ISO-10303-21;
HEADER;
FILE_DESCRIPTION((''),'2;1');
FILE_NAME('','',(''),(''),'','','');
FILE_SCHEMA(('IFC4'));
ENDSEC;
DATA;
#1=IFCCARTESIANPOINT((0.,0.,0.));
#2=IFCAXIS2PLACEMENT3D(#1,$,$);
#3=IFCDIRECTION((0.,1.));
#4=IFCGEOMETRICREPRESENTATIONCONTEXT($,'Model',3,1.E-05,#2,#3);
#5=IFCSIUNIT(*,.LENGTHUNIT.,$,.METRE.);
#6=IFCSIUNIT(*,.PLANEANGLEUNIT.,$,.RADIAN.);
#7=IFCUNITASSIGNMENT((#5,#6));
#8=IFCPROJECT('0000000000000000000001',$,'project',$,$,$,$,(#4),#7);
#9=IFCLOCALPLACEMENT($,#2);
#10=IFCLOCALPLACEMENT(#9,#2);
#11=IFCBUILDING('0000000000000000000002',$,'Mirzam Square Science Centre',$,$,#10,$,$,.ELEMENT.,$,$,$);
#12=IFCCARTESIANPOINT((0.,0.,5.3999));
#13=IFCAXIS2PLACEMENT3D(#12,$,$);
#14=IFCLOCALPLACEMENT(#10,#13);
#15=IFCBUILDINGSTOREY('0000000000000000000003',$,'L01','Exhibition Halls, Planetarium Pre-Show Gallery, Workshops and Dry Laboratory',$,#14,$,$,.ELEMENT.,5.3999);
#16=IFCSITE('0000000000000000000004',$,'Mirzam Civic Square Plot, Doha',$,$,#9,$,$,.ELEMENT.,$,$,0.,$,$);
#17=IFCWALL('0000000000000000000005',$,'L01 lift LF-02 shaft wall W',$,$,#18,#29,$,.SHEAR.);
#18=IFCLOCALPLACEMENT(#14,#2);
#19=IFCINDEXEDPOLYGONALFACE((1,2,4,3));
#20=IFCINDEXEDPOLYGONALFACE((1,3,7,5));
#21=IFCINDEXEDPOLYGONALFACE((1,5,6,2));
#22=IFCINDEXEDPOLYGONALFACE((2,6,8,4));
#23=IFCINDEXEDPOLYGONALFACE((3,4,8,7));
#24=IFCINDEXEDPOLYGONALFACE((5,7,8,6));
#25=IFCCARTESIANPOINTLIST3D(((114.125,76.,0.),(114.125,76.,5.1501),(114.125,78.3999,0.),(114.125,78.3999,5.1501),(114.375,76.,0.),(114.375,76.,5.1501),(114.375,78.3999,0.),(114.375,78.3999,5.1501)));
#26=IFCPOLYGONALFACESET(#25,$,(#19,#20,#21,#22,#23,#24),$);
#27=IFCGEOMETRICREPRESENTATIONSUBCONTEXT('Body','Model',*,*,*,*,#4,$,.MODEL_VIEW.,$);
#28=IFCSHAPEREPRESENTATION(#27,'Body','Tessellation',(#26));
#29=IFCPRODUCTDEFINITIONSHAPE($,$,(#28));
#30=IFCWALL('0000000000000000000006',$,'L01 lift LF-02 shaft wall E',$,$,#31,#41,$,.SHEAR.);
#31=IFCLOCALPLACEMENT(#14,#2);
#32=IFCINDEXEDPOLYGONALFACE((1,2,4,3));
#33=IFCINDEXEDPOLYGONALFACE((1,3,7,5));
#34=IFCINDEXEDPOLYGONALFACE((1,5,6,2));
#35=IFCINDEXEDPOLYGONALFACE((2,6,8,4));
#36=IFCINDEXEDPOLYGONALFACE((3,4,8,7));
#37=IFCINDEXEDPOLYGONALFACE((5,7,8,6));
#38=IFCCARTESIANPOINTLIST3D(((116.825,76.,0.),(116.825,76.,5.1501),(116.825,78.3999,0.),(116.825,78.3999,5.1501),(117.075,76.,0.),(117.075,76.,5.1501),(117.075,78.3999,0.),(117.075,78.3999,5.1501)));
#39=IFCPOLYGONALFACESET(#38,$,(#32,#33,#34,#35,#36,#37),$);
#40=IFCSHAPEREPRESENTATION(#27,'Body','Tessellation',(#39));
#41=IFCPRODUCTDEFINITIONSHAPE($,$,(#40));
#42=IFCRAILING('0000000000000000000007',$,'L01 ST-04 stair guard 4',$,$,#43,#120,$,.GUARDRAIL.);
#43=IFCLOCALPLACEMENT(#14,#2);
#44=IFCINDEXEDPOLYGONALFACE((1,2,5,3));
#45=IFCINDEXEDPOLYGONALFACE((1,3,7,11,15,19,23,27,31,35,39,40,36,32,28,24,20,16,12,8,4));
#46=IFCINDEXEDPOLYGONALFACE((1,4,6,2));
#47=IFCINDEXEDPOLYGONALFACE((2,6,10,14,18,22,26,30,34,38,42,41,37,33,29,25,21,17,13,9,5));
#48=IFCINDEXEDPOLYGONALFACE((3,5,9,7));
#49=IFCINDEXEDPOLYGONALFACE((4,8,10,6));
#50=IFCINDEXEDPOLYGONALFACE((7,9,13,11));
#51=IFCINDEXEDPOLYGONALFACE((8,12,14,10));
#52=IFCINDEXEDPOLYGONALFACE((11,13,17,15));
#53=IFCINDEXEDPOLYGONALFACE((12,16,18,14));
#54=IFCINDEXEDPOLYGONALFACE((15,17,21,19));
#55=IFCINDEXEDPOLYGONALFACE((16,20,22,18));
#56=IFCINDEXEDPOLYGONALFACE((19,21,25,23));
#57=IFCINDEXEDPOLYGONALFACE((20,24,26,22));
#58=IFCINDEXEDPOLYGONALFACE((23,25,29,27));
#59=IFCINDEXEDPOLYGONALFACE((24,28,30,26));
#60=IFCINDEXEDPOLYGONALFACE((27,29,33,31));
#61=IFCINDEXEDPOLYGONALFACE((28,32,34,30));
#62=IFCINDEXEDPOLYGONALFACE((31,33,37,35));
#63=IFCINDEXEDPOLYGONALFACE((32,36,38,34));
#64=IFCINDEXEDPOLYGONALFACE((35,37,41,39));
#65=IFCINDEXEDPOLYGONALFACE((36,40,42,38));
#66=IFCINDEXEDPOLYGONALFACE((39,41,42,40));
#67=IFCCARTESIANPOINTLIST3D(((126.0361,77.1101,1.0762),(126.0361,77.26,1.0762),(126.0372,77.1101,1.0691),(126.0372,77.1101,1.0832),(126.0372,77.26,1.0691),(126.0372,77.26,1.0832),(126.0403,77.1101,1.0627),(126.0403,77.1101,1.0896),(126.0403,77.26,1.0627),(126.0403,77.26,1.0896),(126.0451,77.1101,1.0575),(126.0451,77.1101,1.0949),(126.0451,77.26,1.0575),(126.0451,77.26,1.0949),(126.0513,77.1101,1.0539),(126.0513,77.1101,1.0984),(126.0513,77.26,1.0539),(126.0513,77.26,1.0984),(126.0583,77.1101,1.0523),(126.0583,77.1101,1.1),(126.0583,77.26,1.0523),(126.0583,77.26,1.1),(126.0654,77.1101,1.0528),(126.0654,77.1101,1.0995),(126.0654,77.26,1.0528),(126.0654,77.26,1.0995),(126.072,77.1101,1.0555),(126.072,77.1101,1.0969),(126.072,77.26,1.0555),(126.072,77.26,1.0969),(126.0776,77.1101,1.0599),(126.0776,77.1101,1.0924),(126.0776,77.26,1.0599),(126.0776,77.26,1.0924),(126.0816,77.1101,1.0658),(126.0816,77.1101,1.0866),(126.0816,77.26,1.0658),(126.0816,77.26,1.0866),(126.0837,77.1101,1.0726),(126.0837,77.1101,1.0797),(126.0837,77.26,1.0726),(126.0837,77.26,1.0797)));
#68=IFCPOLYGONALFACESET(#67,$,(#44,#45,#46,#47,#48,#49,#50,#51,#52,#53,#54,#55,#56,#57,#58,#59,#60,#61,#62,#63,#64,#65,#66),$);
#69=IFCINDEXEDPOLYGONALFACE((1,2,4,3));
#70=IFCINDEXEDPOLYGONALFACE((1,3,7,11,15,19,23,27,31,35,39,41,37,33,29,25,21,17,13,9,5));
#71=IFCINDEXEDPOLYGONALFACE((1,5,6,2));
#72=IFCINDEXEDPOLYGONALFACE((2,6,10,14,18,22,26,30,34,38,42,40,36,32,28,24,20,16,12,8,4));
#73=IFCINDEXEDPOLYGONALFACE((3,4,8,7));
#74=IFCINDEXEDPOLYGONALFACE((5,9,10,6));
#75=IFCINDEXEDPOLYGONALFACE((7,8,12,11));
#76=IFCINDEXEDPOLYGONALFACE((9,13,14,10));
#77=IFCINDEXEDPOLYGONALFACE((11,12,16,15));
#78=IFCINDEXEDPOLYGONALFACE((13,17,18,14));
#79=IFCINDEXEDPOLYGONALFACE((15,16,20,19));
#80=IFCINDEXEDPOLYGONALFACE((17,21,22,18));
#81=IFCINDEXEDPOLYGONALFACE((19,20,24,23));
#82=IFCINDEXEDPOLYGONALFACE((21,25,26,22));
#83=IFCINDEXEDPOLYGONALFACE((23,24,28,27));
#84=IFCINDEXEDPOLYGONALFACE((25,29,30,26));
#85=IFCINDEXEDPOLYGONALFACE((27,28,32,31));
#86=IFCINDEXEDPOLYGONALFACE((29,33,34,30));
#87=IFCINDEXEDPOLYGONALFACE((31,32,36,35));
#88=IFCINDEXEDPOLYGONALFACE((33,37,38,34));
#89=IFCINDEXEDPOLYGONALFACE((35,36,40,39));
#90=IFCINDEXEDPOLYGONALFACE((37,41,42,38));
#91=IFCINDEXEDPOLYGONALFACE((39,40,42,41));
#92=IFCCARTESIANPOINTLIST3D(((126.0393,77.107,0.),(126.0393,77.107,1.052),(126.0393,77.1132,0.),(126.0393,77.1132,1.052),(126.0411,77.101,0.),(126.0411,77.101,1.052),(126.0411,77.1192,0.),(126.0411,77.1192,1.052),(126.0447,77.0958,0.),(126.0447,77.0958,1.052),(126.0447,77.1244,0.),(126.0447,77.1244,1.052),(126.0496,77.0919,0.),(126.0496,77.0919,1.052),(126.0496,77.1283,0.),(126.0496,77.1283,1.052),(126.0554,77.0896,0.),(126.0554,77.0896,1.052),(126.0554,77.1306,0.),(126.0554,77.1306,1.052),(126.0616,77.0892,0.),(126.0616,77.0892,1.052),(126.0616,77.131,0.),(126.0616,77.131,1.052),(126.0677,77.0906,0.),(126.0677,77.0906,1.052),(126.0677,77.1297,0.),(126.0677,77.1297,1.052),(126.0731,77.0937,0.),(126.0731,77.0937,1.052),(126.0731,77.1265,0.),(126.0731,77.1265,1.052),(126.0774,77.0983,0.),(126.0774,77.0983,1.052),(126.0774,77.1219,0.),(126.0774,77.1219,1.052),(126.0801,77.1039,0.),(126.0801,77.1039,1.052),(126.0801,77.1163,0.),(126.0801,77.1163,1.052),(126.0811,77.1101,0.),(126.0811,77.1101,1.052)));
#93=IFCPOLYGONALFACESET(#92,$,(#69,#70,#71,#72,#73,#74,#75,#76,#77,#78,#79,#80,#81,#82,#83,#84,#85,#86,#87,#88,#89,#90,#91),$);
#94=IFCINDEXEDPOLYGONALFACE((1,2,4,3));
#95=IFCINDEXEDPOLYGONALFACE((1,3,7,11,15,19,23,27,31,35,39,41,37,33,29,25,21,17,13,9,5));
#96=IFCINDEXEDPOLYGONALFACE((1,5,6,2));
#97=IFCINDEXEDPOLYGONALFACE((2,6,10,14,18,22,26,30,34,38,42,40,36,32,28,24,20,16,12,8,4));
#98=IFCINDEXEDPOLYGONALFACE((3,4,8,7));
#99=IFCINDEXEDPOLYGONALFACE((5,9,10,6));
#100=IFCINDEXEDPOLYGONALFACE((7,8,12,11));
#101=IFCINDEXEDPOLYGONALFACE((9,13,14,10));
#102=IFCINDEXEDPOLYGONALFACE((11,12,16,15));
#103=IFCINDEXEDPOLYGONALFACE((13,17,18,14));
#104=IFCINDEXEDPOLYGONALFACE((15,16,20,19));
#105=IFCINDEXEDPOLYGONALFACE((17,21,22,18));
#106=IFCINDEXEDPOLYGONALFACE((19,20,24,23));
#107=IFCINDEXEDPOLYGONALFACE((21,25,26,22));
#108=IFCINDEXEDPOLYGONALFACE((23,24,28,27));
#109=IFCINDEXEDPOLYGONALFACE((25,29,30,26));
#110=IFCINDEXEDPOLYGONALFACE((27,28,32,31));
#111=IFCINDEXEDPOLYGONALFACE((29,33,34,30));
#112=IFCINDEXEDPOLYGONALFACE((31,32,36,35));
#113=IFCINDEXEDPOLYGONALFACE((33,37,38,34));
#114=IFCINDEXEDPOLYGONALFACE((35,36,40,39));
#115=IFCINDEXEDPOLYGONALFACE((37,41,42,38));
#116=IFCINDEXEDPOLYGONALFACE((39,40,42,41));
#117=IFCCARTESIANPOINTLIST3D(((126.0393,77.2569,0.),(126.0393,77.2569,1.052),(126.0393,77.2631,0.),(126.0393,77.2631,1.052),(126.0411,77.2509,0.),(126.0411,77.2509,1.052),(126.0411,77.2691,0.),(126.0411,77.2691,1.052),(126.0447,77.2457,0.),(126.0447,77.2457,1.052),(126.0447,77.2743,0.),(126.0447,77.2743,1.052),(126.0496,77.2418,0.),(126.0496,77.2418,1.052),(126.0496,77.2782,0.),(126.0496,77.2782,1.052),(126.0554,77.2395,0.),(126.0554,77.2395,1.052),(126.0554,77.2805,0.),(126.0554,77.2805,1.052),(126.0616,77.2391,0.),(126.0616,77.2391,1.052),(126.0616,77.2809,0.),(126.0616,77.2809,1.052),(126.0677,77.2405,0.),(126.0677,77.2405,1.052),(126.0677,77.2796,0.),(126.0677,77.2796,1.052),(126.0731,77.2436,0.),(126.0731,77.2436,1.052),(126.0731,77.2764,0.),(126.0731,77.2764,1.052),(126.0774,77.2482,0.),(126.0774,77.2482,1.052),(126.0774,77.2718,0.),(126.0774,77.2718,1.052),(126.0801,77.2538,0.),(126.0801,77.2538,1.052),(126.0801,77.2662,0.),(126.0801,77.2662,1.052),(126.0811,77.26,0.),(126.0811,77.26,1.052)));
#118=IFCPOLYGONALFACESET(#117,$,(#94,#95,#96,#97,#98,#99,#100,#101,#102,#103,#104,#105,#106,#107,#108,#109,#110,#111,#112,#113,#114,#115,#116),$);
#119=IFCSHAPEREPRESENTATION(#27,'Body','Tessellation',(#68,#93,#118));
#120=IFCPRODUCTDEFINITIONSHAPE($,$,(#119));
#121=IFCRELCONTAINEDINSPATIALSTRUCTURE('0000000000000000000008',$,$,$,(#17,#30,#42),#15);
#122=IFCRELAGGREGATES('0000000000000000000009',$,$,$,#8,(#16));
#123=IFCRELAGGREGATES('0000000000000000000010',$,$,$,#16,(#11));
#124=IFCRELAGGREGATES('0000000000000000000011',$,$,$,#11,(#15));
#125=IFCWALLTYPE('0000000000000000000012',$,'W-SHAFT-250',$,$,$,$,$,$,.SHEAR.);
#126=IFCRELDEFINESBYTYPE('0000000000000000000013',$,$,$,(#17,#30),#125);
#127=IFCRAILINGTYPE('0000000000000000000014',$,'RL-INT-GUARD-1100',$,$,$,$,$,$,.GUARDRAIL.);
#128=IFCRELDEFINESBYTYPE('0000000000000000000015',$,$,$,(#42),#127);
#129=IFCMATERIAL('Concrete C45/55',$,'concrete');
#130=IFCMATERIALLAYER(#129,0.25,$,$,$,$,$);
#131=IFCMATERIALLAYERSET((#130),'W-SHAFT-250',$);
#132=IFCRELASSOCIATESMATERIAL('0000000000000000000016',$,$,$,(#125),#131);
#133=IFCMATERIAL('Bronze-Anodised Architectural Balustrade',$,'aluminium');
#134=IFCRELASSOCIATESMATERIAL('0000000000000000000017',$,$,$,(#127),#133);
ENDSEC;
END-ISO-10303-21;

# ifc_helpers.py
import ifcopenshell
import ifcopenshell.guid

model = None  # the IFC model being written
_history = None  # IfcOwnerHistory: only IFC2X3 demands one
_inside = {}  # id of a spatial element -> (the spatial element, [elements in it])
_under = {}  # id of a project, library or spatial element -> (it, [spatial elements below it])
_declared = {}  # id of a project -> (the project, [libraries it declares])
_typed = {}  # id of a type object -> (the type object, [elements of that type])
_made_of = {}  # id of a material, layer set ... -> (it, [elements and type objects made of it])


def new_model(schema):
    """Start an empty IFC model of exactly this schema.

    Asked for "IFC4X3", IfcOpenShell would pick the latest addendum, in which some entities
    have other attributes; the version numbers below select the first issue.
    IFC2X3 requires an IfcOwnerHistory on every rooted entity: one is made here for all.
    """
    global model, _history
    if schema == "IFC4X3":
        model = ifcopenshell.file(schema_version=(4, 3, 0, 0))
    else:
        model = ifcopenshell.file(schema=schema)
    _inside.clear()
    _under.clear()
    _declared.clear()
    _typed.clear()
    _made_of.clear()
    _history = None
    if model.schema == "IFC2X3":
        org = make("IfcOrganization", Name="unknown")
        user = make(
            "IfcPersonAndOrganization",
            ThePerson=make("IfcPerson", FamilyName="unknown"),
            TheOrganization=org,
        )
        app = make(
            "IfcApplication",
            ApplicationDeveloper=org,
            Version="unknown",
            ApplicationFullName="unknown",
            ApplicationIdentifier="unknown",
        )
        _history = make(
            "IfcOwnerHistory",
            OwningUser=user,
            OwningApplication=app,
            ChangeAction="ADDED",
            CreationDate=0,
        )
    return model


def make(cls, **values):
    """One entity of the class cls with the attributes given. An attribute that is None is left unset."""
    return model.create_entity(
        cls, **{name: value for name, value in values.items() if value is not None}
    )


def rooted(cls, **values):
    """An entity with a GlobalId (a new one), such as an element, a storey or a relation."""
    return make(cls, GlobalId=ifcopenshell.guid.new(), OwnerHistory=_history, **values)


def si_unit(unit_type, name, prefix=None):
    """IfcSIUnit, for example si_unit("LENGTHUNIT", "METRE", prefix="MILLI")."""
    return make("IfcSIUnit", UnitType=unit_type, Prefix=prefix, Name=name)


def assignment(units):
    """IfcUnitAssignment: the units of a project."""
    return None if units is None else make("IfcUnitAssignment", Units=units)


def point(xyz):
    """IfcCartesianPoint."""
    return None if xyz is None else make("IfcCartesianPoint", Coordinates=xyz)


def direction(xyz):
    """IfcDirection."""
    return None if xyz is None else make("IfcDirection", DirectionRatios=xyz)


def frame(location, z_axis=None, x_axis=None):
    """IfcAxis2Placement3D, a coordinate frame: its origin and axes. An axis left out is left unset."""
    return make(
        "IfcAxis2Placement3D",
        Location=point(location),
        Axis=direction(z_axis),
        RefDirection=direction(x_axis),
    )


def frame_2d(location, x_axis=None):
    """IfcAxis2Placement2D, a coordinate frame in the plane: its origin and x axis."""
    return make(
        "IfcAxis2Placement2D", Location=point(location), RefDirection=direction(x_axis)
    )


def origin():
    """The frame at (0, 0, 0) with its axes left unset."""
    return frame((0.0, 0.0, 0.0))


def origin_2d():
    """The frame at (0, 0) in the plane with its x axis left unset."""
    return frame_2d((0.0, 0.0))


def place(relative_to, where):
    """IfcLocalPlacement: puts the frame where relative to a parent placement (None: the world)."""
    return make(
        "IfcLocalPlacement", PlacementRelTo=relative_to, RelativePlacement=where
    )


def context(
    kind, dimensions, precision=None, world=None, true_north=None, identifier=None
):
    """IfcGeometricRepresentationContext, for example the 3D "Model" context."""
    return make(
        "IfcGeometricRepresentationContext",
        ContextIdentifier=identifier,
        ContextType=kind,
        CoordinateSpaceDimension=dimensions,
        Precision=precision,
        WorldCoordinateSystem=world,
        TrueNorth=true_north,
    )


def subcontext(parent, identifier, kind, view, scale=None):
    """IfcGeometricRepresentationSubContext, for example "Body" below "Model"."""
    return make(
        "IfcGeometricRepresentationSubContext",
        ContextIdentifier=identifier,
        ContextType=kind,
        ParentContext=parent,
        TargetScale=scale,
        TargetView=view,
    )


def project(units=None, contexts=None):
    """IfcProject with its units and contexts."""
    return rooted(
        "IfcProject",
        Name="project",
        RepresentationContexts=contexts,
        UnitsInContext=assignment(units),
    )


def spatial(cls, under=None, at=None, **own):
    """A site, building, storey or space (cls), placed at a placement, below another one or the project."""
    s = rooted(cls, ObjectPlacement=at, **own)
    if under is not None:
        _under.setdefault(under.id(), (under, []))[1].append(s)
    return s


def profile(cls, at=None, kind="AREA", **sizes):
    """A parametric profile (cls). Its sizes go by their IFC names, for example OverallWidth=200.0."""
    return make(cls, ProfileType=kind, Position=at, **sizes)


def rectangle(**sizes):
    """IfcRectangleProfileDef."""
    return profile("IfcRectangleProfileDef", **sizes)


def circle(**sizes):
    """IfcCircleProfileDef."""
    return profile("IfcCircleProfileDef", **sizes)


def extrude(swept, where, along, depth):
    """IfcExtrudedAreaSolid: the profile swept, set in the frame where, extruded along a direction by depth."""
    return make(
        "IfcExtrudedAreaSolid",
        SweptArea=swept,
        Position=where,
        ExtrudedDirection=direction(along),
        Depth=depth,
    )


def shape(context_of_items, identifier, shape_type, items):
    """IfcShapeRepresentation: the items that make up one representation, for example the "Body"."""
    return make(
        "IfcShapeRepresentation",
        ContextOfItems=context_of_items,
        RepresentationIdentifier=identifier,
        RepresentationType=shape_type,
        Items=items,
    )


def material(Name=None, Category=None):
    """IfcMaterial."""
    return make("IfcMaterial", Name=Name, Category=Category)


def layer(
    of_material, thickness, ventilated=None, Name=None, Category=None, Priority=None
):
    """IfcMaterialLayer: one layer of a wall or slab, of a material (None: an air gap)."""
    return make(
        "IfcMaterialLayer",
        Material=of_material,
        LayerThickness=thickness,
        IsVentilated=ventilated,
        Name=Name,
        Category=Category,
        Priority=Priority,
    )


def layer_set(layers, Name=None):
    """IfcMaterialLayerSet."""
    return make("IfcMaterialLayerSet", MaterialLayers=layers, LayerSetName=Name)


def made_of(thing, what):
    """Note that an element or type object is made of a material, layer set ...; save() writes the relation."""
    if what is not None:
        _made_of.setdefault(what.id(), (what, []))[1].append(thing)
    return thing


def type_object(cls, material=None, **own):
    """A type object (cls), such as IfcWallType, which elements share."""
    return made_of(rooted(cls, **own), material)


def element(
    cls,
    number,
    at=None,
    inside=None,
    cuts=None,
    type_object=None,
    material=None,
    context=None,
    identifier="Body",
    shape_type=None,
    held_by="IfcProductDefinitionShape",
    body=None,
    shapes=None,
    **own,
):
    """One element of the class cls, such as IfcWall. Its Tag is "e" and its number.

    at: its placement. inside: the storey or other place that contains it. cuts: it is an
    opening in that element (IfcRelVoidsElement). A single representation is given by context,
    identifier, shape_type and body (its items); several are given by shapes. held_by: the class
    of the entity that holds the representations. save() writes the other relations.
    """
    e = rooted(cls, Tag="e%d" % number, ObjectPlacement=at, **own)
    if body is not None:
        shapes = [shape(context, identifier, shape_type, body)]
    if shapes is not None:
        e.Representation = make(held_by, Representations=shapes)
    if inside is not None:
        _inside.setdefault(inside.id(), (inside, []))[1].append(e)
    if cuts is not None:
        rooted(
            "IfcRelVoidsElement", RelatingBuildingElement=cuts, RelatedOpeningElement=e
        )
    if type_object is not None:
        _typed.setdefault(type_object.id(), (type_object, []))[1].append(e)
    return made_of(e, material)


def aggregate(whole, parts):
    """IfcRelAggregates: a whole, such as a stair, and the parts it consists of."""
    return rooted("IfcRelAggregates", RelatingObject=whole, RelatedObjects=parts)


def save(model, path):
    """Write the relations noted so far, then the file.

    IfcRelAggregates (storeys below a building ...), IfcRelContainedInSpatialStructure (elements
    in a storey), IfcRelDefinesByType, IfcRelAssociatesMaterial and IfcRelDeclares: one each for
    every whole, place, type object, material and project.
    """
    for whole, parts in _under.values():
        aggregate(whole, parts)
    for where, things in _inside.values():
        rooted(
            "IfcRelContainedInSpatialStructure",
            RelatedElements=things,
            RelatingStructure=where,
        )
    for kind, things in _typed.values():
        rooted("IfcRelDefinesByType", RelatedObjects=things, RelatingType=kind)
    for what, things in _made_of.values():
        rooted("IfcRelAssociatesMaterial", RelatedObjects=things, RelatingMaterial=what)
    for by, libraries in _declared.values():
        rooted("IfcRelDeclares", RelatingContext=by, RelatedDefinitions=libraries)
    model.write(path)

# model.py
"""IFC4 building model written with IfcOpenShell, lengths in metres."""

from ifc_helpers import new_model, si_unit, direction, frame, frame_2d, origin, origin_2d, place, context, subcontext, project, spatial, rectangle, circle, extrude, material, layer, layer_set, type_object, element, save


model = new_model("IFC4")

# Units and contexts
model_context = context("Model", 3, precision=1e-05, world=origin(), true_north=direction((0.0, 1.0)))
body_context = subcontext(model_context, "Body", "Model", "MODEL_VIEW")
ifc_project = project(units=[si_unit("LENGTHUNIT", "METRE"), si_unit("PLANEANGLEUNIT", "RADIAN")], contexts=[model_context])

# Site, building, storey
site_placement = place(None, origin())
site = spatial("IfcSite", under=ifc_project, at=site_placement, Name="Mirzam Civic Square Plot, Doha", CompositionType="ELEMENT", RefElevation=0.0)
building_placement = place(site_placement, origin())
building = spatial("IfcBuilding", under=site, at=building_placement, Name="Mirzam Square Science Centre", CompositionType="ELEMENT")
storey_placement = place(building_placement, frame((0.0, 0.0, 5.3999)))
storey = spatial("IfcBuildingStorey", under=building, at=storey_placement, Name="L01", Description="Exhibition Halls, Planetarium Pre-Show Gallery, Workshops and Dry Laboratory", CompositionType="ELEMENT", Elevation=5.3999)

# Shared definitions
ifc_material_1 = material(Name="Concrete C45/55", Category="concrete")

# Shared definitions
ifc_layer_1 = layer(ifc_material_1, 0.25)
ifc_layer_set_1 = layer_set([ifc_layer_1], Name="W-SHAFT-250")
wall_type_1 = type_object("IfcWallType", Name="W-SHAFT-250", PredefinedType="SHEAR", material=ifc_layer_set_1)

# Walls
for number, where, z_axis, x_axis, name in (
    (1, (114.25, 78.3999, 0.0), (0.0, 0.0, 1.0), (0.0, -1.0, 0.0), "L01 lift LF-02 shaft wall W"),
    (2, (116.95, 76.0, 0.0), (0.0, 0.0, 1.0), (0.0, 1.0, 0.0), "L01 lift LF-02 shaft wall E"),
):
    element("IfcWall", number, at=place(storey_placement, frame(where, z_axis=z_axis, x_axis=x_axis)), inside=storey, type_object=wall_type_1, Name=name, PredefinedType="SHEAR", context=body_context, shape_type="SweptSolid", body=[
        extrude(rectangle(XDim=2.3999, YDim=0.25, at=frame_2d((1.2, 0.0))), origin(), (0.0, 0.0, 1.0), 5.1501),
    ])

# Railing
ifc_material_2 = material(Name="Bronze-Anodised Architectural Balustrade", Category="aluminium")
railing_type = type_object("IfcRailingType", Name="RL-INT-GUARD-1100", PredefinedType="GUARDRAIL", material=ifc_material_2)
railing_placement = place(storey_placement, frame((126.0601, 77.1101, 0.0)))
element("IfcRailing", 3, at=railing_placement, inside=storey, type_object=railing_type, Name="L01 ST-04 stair guard 4", PredefinedType="GUARDRAIL", context=body_context, shape_type="SweptSolid", body=[
    extrude(circle(Radius=0.0239, at=origin_2d()), frame((0.0, 0.0, 1.0762), z_axis=(0.0, 1.0, 0.0), x_axis=(-1.0, 0.0, 0.0)), (0.0, 0.0, 1.0), 0.1499),
    extrude(circle(Radius=0.021, at=origin_2d()), origin(), (0.0, 0.0, 1.0), 1.052),
    extrude(circle(Radius=0.021, at=origin_2d()), frame((0.0, 0.1499, 0.0)), (0.0, 0.0, 1.0), 1.052),
])

save(model, "model.ifc")
